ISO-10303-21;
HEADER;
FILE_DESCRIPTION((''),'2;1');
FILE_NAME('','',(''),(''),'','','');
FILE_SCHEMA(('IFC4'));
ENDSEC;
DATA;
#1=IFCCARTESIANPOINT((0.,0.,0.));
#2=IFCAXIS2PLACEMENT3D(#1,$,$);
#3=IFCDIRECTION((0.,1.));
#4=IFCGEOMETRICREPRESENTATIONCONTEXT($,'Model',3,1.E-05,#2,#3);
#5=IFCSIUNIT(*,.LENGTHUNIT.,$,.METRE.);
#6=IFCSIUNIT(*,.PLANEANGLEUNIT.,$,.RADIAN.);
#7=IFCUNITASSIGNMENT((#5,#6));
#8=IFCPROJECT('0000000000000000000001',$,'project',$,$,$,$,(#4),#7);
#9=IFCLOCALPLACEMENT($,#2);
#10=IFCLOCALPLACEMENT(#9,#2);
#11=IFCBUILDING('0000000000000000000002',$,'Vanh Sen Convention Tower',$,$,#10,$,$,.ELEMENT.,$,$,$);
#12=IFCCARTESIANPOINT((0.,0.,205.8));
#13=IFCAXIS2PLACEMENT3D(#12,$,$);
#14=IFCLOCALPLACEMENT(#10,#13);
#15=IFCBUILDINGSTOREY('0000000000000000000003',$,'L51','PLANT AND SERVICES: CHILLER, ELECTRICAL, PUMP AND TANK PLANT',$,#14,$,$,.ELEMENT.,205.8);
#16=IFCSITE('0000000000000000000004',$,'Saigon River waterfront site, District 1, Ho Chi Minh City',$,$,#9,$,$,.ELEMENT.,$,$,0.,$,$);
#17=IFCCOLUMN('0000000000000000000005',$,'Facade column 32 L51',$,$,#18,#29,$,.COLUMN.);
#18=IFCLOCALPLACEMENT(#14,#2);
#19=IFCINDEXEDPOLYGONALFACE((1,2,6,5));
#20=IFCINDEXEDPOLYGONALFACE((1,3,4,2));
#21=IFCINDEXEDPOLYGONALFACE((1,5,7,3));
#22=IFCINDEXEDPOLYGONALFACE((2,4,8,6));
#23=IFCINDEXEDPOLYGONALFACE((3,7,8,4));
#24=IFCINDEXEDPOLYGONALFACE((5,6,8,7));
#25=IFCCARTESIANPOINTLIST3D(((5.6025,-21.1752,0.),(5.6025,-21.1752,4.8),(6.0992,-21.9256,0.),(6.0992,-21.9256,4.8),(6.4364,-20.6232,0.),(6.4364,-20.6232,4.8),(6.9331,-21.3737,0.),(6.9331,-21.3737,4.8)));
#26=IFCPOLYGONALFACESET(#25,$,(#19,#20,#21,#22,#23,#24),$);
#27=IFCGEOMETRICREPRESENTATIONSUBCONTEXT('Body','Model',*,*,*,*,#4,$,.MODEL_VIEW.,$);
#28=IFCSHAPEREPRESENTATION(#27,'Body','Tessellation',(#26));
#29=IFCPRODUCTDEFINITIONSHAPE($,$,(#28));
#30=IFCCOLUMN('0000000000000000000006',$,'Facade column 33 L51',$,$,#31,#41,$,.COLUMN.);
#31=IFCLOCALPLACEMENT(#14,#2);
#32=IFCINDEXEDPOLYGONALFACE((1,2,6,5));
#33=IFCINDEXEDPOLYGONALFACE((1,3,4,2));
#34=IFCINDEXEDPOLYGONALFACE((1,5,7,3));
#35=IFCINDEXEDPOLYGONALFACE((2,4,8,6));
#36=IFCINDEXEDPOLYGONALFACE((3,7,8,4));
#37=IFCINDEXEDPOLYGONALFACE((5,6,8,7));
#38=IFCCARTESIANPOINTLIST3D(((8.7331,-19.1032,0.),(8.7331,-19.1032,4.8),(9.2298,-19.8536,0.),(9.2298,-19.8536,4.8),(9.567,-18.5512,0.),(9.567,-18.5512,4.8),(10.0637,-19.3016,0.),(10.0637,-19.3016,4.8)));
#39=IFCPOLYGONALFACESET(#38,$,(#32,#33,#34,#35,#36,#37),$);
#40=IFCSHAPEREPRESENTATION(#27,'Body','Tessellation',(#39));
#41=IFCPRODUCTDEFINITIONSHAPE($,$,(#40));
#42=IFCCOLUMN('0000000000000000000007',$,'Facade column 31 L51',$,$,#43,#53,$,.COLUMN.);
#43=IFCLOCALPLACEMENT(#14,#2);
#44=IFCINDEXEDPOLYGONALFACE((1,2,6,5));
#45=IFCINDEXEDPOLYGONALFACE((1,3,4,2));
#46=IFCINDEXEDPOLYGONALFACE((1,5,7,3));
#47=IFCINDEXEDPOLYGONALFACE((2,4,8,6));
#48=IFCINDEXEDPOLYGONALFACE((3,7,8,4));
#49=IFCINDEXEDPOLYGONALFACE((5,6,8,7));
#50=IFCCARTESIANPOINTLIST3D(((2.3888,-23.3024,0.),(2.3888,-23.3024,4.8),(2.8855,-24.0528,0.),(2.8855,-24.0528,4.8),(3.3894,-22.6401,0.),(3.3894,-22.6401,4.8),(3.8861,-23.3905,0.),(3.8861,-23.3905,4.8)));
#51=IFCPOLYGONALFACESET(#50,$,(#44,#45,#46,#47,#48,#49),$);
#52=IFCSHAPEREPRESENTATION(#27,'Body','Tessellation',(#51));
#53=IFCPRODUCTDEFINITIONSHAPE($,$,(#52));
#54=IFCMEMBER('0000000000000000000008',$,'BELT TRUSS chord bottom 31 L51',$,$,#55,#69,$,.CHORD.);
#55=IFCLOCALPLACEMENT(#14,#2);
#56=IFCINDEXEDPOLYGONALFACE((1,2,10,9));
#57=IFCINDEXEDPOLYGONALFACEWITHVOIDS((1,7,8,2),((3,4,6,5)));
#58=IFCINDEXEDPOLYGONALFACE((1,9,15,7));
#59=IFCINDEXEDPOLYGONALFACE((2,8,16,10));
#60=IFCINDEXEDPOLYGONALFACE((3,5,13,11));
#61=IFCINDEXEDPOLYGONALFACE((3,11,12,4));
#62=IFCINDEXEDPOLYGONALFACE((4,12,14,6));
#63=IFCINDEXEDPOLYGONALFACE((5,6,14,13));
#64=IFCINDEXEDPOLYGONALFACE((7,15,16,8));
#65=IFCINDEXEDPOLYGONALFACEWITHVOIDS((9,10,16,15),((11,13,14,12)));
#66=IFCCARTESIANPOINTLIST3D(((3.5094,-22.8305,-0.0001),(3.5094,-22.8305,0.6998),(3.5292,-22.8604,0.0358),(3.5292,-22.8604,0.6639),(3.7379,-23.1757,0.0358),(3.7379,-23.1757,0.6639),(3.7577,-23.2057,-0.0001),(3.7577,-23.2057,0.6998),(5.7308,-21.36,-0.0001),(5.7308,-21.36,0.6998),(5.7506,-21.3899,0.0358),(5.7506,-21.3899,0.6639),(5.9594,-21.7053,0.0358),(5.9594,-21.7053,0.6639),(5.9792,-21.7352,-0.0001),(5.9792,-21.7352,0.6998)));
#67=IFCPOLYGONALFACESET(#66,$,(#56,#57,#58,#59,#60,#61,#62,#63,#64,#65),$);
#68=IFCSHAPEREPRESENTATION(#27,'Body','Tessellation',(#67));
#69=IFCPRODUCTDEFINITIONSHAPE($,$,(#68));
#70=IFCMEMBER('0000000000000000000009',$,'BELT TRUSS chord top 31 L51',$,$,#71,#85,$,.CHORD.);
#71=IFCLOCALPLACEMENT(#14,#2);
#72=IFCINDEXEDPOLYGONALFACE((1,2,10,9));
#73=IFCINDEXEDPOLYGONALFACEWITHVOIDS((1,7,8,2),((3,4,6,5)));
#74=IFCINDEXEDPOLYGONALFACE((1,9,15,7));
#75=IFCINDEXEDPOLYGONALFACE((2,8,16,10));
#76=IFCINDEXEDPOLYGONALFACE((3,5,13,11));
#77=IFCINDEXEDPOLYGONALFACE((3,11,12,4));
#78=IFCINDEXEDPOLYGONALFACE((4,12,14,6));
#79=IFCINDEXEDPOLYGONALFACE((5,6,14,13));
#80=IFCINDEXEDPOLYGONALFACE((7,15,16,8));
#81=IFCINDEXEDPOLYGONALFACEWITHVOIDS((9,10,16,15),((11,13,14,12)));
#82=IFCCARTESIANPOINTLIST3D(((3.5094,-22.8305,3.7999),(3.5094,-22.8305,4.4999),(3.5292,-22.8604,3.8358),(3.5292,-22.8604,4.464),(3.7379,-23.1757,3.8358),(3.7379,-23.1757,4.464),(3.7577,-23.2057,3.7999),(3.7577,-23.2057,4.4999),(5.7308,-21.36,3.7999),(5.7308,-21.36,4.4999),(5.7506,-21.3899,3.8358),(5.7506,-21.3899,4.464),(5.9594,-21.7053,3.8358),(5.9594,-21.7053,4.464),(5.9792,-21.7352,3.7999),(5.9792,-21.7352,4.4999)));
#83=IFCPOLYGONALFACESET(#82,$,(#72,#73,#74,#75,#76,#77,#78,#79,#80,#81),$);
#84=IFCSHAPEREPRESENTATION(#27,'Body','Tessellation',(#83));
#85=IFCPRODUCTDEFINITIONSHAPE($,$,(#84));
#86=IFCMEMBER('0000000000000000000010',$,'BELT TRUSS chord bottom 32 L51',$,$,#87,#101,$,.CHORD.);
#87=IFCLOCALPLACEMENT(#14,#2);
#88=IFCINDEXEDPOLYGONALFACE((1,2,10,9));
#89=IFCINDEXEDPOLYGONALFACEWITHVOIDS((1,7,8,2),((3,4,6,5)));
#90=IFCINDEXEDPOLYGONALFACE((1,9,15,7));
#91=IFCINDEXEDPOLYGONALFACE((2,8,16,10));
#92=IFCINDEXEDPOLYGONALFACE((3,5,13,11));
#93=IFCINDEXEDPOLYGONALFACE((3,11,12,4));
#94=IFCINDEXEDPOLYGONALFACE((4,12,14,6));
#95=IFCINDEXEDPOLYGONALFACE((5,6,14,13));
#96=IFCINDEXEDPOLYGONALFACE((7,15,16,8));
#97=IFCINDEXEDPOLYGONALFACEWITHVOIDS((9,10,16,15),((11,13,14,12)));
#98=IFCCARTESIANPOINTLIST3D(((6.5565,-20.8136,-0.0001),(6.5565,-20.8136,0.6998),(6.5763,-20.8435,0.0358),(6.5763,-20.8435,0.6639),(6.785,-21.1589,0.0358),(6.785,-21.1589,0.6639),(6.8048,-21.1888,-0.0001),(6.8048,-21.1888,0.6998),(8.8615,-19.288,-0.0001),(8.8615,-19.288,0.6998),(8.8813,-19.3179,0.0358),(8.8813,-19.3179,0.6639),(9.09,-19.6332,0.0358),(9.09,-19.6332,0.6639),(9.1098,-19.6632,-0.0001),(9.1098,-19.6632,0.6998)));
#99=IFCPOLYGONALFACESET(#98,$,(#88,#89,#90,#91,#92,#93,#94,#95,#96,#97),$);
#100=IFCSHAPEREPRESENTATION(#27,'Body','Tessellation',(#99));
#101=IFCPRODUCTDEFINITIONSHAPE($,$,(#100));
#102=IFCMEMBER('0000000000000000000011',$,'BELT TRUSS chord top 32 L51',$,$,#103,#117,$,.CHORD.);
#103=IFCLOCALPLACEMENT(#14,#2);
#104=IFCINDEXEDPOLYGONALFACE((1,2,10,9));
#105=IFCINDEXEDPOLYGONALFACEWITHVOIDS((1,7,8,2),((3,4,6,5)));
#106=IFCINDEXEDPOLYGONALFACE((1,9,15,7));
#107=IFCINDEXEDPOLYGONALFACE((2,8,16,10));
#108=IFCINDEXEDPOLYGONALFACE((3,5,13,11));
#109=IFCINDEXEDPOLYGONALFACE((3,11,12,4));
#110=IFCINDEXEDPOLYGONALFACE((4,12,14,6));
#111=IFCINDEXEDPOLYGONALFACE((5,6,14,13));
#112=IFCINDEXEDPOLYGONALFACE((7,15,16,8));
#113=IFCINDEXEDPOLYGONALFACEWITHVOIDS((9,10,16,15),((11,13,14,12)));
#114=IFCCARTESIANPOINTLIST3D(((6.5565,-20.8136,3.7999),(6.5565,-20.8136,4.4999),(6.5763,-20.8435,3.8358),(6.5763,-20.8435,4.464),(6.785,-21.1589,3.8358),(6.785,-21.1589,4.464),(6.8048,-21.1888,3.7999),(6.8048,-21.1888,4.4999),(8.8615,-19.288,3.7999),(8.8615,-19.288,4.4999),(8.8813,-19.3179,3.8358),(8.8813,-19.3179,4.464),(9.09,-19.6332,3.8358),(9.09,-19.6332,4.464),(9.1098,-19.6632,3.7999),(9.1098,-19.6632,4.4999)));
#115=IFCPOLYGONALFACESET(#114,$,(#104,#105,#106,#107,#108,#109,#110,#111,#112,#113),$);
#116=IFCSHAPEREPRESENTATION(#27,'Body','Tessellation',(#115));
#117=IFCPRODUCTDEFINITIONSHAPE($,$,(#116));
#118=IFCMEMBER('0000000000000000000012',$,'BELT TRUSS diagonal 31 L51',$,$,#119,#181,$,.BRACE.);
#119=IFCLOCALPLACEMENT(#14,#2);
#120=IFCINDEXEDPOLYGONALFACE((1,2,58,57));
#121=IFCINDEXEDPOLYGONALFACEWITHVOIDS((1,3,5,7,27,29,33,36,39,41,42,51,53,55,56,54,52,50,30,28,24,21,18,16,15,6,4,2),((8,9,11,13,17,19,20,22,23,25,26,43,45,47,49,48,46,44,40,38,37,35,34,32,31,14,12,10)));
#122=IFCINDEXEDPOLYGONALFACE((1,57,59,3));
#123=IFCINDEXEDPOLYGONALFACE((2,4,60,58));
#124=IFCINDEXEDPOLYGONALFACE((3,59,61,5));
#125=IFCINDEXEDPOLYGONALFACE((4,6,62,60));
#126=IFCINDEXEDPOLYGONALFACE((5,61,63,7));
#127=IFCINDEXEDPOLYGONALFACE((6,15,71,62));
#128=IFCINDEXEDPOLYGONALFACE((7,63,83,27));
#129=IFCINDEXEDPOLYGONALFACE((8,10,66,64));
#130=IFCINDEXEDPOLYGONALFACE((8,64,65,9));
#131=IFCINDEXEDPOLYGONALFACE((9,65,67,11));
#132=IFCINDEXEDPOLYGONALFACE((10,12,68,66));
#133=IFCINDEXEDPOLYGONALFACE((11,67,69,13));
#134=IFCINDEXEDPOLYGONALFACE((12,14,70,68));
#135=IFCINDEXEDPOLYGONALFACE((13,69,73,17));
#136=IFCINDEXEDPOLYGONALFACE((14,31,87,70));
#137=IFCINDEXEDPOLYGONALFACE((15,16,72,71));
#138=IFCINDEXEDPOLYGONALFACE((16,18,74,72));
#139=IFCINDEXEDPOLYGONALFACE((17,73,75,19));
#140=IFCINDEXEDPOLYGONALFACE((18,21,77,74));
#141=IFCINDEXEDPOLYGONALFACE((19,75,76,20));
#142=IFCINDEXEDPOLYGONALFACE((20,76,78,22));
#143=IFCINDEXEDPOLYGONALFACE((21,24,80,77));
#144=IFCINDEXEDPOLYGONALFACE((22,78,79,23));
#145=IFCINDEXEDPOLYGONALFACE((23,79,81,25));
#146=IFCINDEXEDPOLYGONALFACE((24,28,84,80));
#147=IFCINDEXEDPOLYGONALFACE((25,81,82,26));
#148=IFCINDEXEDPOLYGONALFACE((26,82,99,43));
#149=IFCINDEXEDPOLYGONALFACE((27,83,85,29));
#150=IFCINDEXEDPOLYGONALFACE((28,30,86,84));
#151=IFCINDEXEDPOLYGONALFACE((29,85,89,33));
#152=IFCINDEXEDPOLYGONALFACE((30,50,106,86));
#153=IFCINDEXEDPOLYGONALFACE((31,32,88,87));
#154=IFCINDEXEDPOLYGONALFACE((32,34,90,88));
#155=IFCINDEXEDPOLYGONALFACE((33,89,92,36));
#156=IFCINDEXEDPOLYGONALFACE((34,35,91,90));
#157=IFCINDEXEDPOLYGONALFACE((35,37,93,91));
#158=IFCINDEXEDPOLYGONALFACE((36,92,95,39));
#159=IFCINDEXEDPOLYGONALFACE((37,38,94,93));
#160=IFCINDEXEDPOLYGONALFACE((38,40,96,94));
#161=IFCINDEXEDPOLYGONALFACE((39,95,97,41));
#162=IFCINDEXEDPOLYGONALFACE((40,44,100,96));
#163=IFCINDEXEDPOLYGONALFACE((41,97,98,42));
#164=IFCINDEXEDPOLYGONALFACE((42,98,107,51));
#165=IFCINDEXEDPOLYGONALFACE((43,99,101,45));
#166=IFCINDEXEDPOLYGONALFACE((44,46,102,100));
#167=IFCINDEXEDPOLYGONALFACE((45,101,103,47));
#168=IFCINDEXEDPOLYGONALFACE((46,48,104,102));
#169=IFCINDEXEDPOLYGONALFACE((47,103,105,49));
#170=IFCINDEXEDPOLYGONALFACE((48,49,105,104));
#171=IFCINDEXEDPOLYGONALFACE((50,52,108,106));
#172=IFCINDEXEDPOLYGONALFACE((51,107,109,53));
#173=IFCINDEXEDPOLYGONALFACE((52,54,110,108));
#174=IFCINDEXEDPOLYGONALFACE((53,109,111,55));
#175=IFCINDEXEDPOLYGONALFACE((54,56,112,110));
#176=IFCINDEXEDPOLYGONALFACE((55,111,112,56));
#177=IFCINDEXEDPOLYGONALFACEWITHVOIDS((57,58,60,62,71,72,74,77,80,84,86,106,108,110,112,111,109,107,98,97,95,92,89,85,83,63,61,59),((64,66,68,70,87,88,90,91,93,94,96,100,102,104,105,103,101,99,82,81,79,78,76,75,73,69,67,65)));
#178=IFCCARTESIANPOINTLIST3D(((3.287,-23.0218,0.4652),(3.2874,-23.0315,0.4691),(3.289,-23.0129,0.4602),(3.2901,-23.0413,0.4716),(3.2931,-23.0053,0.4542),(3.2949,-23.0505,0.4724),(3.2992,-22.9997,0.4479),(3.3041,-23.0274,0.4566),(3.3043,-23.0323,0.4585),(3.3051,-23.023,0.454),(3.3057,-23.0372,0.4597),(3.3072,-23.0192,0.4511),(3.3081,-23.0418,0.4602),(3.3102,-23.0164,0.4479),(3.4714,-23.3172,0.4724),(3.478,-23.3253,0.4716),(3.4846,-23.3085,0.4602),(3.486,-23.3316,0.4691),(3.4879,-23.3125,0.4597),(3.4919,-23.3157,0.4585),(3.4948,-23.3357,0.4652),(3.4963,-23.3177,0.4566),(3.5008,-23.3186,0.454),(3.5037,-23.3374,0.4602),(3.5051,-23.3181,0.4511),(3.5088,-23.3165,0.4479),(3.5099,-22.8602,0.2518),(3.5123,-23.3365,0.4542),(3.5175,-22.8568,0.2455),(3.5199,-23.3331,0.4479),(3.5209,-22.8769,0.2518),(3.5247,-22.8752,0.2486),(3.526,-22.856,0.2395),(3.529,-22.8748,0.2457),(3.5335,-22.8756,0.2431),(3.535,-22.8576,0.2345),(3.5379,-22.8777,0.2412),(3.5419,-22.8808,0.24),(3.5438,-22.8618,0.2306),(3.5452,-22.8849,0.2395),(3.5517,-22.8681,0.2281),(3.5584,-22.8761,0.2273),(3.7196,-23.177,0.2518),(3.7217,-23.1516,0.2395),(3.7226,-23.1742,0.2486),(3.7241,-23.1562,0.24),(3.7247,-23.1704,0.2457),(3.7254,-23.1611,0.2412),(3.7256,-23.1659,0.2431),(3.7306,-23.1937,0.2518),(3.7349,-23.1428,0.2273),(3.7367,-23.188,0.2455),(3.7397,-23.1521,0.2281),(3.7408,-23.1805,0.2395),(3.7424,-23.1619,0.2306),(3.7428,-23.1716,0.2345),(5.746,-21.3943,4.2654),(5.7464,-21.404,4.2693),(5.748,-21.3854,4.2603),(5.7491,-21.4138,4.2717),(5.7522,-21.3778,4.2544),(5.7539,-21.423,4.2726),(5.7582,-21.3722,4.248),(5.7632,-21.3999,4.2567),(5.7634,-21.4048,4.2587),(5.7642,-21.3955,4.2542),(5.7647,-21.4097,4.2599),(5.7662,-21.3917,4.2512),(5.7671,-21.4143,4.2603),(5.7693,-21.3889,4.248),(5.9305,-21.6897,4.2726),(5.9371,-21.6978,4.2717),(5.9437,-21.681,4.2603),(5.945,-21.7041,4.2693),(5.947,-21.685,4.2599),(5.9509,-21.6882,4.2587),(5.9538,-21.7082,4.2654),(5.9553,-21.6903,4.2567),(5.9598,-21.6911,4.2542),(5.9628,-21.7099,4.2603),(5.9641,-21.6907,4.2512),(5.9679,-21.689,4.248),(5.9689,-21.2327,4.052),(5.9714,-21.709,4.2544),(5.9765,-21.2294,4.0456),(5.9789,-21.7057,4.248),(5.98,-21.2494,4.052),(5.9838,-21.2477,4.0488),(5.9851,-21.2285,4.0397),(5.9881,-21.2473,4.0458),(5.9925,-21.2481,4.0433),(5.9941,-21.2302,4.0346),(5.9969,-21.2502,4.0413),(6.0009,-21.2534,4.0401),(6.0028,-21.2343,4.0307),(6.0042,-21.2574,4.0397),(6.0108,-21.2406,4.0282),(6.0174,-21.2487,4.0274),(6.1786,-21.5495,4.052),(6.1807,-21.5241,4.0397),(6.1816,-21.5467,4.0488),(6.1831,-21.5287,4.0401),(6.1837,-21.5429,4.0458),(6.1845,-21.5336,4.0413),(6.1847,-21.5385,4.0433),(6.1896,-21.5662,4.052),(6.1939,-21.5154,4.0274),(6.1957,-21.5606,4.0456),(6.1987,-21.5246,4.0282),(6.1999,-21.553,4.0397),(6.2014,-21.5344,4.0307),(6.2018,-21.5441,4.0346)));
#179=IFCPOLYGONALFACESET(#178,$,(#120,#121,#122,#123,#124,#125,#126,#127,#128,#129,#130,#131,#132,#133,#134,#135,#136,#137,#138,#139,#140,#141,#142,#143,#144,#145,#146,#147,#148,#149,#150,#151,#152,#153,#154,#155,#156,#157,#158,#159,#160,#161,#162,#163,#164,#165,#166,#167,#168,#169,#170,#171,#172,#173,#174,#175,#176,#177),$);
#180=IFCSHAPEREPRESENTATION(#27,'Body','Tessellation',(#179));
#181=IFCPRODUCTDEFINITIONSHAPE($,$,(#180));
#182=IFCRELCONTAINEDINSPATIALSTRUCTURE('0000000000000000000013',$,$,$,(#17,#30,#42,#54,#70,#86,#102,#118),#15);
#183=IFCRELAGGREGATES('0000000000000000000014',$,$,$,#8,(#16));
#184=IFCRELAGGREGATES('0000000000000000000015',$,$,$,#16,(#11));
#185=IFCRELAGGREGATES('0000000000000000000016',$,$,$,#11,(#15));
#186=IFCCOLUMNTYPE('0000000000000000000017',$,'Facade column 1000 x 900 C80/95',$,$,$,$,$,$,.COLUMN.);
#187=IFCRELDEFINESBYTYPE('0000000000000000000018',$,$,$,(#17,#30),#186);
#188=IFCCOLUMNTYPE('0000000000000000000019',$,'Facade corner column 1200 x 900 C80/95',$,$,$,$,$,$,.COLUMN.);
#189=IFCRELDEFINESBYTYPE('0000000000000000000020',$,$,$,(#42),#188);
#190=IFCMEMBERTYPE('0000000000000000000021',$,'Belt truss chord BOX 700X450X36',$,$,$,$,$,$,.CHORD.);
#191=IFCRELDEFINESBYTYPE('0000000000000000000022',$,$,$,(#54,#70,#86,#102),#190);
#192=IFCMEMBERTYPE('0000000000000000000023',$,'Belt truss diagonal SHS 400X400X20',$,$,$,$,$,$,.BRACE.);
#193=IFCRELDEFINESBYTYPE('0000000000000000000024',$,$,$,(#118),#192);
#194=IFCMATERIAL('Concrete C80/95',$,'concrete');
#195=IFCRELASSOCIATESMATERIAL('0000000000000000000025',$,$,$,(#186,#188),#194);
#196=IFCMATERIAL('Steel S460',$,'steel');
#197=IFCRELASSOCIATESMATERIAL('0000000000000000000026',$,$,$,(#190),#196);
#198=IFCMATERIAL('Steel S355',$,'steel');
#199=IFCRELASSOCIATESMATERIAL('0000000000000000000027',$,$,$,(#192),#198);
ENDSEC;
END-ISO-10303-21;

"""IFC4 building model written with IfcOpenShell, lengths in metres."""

from ifc_helpers import new_model, si_unit, direction, frame, origin, origin_2d, place, context, subcontext, project, spatial, rectangle, hollow_rectangle, extrude, material, material_profile, profile_set, type_object, element, save


model = new_model("IFC4")

# Units and contexts
model_context = context("Model", 3, precision=1e-05, world=origin(), true_north=direction((0.0, 1.0)))
body_context = subcontext(model_context, "Body", "Model", "MODEL_VIEW")
ifc_project = project(units=[si_unit("LENGTHUNIT", "METRE"), si_unit("PLANEANGLEUNIT", "RADIAN")], contexts=[model_context])

# Site, building, storey
site_placement = place(None, origin())
site = spatial("IfcSite", under=ifc_project, at=site_placement, Name="Saigon River waterfront site, District 1, Ho Chi Minh City", CompositionType="ELEMENT", RefElevation=0.0)
building_placement = place(site_placement, origin())
building = spatial("IfcBuilding", under=site, at=building_placement, Name="Vanh Sen Convention Tower", CompositionType="ELEMENT")
storey_placement = place(building_placement, frame((0.0, 0.0, 205.8)))
storey = spatial("IfcBuildingStorey", under=building, at=storey_placement, Name="L51", Description="PLANT AND SERVICES: CHILLER, ELECTRICAL, PUMP AND TANK PLANT", CompositionType="ELEMENT", Elevation=205.8)

# Columns
ifc_material_1 = material(Name="Concrete C80/95", Category="concrete")
ifc_material_profile_1 = material_profile(ifc_material_1, rectangle(XDim=1.0, YDim=0.8999, at=origin_2d()), Name="RC 1000X900")
ifc_profile_set_1 = profile_set([ifc_material_profile_1], Name="Concrete C80/95")
column_type_1 = type_object("IfcColumnType", Name="Facade column 1000 x 900 C80/95", PredefinedType="COLUMN", material=ifc_profile_set_1)
for number, where, z_axis, x_axis, name in (
    (1, (6.2678, -21.2744, 0.0), (0.0, 0.0, 1.0), (0.833886, 0.551937, 0.0), "Facade column 32 L51"),
    (2, (9.3984, -19.2024, 0.0), (0.0, 0.0, 1.0), (0.833886, 0.551937, 0.0), "Facade column 33 L51"),
):
    element("IfcColumn", number, at=place(storey_placement, frame(where, z_axis=z_axis, x_axis=x_axis)), inside=storey, type_object=column_type_1, Name=name, PredefinedType="COLUMN", context=body_context, shape_type="SweptSolid", body=[
        extrude(rectangle(XDim=1.0, YDim=0.8999, at=origin_2d()), origin(), (0.0, 0.0, 1.0), 4.8),
    ])
ifc_material_profile_2 = material_profile(ifc_material_1, rectangle(XDim=1.2, YDim=0.8999, at=origin_2d()), Name="RC 1200X900")
ifc_profile_set_2 = profile_set([ifc_material_profile_2], Name="Concrete C80/95")
column_type_2 = type_object("IfcColumnType", Name="Facade corner column 1200 x 900 C80/95", PredefinedType="COLUMN", material=ifc_profile_set_2)
column_placement = place(storey_placement, frame((3.1375, -23.3464, 0.0), z_axis=(0.0, 0.0, 1.0), x_axis=(0.833886, 0.551937, 0.0)))
element("IfcColumn", 3, at=column_placement, inside=storey, type_object=column_type_2, Name="Facade column 31 L51", PredefinedType="COLUMN", context=body_context, shape_type="SweptSolid", body=[
    extrude(rectangle(XDim=1.2, YDim=0.8999, at=origin_2d()), origin(), (0.0, 0.0, 1.0), 4.8),
])

# Members
ifc_material_2 = material(Name="Steel S460", Category="steel")
ifc_material_profile_3 = material_profile(ifc_material_2, hollow_rectangle(XDim=0.45, YDim=0.7, WallThickness=0.0359, at=origin_2d()), Name="BOX 700X450X36")
ifc_profile_set_3 = profile_set([ifc_material_profile_3], Name="Steel S460")
member_type_1 = type_object("IfcMemberType", Name="Belt truss chord BOX 700X450X36", PredefinedType="CHORD", material=ifc_profile_set_3)
for number, where, z_axis, x_axis, name in (
    (4, (3.6335, -23.0181, 0.3499), (0.833865, 0.551969, 0.0), (-0.551969, 0.833865, 0.0), "BELT TRUSS chord bottom 31 L51"),
    (5, (3.6335, -23.0181, 4.1499), (0.833865, 0.551969, 0.0), (-0.551969, 0.833865, 0.0), "BELT TRUSS chord top 31 L51"),
):
    element("IfcMember", number, at=place(storey_placement, frame(where, z_axis=z_axis, x_axis=x_axis)), inside=storey, type_object=member_type_1, Name=name, PredefinedType="CHORD", context=body_context, shape_type="SweptSolid", body=[
        extrude(hollow_rectangle(XDim=0.45, YDim=0.7, WallThickness=0.0359, at=origin_2d()), origin(), (0.0, 0.0, 1.0), 2.6641),
    ])
for number, where, z_axis, x_axis, name in (
    (6, (6.6807, -21.0012, 0.3499), (0.83388, 0.551945, 0.0), (-0.551945, 0.83388, 0.0), "BELT TRUSS chord bottom 32 L51"),
    (7, (6.6807, -21.0012, 4.1499), (0.83388, 0.551945, 0.0), (-0.551945, 0.83388, 0.0), "BELT TRUSS chord top 32 L51"),
):
    element("IfcMember", number, at=place(storey_placement, frame(where, z_axis=z_axis, x_axis=x_axis)), inside=storey, type_object=member_type_1, Name=name, PredefinedType="CHORD", context=body_context, shape_type="SweptSolid", body=[
        extrude(hollow_rectangle(XDim=0.45, YDim=0.7, WallThickness=0.0359, at=origin_2d()), origin(), (0.0, 0.0, 1.0), 2.7642),
    ])
ifc_material_3 = material(Name="Steel S355", Category="steel")
ifc_material_profile_4 = material_profile(ifc_material_3, hollow_rectangle(XDim=0.3999, YDim=0.3999, WallThickness=0.02, InnerFilletRadius=0.02, OuterFilletRadius=0.04, at=origin_2d()), Name="SHS 400X400X20")
ifc_profile_set_4 = profile_set([ifc_material_profile_4], Name="Steel S355")
member_type_2 = type_object("IfcMemberType", Name="Belt truss diagonal SHS 400X400X20", PredefinedType="BRACE", material=ifc_profile_set_4)
member_1_placement = place(storey_placement, frame((3.5149, -23.0967, 0.3499), z_axis=(0.51123, 0.338349, 0.79004), x_axis=(-0.551908, 0.833905, 0.0)))
element("IfcMember", 8, at=member_1_placement, inside=storey, type_object=member_type_2, Name="BELT TRUSS diagonal 31 L51", PredefinedType="BRACE", context=body_context, shape_type="SweptSolid", body=[
    extrude(hollow_rectangle(XDim=0.3999, YDim=0.3999, WallThickness=0.02, InnerFilletRadius=0.02, OuterFilletRadius=0.04, at=origin_2d()), origin(), (0.0, 0.0, 1.0), 4.8101),
])

save(model, "model.ifc")
